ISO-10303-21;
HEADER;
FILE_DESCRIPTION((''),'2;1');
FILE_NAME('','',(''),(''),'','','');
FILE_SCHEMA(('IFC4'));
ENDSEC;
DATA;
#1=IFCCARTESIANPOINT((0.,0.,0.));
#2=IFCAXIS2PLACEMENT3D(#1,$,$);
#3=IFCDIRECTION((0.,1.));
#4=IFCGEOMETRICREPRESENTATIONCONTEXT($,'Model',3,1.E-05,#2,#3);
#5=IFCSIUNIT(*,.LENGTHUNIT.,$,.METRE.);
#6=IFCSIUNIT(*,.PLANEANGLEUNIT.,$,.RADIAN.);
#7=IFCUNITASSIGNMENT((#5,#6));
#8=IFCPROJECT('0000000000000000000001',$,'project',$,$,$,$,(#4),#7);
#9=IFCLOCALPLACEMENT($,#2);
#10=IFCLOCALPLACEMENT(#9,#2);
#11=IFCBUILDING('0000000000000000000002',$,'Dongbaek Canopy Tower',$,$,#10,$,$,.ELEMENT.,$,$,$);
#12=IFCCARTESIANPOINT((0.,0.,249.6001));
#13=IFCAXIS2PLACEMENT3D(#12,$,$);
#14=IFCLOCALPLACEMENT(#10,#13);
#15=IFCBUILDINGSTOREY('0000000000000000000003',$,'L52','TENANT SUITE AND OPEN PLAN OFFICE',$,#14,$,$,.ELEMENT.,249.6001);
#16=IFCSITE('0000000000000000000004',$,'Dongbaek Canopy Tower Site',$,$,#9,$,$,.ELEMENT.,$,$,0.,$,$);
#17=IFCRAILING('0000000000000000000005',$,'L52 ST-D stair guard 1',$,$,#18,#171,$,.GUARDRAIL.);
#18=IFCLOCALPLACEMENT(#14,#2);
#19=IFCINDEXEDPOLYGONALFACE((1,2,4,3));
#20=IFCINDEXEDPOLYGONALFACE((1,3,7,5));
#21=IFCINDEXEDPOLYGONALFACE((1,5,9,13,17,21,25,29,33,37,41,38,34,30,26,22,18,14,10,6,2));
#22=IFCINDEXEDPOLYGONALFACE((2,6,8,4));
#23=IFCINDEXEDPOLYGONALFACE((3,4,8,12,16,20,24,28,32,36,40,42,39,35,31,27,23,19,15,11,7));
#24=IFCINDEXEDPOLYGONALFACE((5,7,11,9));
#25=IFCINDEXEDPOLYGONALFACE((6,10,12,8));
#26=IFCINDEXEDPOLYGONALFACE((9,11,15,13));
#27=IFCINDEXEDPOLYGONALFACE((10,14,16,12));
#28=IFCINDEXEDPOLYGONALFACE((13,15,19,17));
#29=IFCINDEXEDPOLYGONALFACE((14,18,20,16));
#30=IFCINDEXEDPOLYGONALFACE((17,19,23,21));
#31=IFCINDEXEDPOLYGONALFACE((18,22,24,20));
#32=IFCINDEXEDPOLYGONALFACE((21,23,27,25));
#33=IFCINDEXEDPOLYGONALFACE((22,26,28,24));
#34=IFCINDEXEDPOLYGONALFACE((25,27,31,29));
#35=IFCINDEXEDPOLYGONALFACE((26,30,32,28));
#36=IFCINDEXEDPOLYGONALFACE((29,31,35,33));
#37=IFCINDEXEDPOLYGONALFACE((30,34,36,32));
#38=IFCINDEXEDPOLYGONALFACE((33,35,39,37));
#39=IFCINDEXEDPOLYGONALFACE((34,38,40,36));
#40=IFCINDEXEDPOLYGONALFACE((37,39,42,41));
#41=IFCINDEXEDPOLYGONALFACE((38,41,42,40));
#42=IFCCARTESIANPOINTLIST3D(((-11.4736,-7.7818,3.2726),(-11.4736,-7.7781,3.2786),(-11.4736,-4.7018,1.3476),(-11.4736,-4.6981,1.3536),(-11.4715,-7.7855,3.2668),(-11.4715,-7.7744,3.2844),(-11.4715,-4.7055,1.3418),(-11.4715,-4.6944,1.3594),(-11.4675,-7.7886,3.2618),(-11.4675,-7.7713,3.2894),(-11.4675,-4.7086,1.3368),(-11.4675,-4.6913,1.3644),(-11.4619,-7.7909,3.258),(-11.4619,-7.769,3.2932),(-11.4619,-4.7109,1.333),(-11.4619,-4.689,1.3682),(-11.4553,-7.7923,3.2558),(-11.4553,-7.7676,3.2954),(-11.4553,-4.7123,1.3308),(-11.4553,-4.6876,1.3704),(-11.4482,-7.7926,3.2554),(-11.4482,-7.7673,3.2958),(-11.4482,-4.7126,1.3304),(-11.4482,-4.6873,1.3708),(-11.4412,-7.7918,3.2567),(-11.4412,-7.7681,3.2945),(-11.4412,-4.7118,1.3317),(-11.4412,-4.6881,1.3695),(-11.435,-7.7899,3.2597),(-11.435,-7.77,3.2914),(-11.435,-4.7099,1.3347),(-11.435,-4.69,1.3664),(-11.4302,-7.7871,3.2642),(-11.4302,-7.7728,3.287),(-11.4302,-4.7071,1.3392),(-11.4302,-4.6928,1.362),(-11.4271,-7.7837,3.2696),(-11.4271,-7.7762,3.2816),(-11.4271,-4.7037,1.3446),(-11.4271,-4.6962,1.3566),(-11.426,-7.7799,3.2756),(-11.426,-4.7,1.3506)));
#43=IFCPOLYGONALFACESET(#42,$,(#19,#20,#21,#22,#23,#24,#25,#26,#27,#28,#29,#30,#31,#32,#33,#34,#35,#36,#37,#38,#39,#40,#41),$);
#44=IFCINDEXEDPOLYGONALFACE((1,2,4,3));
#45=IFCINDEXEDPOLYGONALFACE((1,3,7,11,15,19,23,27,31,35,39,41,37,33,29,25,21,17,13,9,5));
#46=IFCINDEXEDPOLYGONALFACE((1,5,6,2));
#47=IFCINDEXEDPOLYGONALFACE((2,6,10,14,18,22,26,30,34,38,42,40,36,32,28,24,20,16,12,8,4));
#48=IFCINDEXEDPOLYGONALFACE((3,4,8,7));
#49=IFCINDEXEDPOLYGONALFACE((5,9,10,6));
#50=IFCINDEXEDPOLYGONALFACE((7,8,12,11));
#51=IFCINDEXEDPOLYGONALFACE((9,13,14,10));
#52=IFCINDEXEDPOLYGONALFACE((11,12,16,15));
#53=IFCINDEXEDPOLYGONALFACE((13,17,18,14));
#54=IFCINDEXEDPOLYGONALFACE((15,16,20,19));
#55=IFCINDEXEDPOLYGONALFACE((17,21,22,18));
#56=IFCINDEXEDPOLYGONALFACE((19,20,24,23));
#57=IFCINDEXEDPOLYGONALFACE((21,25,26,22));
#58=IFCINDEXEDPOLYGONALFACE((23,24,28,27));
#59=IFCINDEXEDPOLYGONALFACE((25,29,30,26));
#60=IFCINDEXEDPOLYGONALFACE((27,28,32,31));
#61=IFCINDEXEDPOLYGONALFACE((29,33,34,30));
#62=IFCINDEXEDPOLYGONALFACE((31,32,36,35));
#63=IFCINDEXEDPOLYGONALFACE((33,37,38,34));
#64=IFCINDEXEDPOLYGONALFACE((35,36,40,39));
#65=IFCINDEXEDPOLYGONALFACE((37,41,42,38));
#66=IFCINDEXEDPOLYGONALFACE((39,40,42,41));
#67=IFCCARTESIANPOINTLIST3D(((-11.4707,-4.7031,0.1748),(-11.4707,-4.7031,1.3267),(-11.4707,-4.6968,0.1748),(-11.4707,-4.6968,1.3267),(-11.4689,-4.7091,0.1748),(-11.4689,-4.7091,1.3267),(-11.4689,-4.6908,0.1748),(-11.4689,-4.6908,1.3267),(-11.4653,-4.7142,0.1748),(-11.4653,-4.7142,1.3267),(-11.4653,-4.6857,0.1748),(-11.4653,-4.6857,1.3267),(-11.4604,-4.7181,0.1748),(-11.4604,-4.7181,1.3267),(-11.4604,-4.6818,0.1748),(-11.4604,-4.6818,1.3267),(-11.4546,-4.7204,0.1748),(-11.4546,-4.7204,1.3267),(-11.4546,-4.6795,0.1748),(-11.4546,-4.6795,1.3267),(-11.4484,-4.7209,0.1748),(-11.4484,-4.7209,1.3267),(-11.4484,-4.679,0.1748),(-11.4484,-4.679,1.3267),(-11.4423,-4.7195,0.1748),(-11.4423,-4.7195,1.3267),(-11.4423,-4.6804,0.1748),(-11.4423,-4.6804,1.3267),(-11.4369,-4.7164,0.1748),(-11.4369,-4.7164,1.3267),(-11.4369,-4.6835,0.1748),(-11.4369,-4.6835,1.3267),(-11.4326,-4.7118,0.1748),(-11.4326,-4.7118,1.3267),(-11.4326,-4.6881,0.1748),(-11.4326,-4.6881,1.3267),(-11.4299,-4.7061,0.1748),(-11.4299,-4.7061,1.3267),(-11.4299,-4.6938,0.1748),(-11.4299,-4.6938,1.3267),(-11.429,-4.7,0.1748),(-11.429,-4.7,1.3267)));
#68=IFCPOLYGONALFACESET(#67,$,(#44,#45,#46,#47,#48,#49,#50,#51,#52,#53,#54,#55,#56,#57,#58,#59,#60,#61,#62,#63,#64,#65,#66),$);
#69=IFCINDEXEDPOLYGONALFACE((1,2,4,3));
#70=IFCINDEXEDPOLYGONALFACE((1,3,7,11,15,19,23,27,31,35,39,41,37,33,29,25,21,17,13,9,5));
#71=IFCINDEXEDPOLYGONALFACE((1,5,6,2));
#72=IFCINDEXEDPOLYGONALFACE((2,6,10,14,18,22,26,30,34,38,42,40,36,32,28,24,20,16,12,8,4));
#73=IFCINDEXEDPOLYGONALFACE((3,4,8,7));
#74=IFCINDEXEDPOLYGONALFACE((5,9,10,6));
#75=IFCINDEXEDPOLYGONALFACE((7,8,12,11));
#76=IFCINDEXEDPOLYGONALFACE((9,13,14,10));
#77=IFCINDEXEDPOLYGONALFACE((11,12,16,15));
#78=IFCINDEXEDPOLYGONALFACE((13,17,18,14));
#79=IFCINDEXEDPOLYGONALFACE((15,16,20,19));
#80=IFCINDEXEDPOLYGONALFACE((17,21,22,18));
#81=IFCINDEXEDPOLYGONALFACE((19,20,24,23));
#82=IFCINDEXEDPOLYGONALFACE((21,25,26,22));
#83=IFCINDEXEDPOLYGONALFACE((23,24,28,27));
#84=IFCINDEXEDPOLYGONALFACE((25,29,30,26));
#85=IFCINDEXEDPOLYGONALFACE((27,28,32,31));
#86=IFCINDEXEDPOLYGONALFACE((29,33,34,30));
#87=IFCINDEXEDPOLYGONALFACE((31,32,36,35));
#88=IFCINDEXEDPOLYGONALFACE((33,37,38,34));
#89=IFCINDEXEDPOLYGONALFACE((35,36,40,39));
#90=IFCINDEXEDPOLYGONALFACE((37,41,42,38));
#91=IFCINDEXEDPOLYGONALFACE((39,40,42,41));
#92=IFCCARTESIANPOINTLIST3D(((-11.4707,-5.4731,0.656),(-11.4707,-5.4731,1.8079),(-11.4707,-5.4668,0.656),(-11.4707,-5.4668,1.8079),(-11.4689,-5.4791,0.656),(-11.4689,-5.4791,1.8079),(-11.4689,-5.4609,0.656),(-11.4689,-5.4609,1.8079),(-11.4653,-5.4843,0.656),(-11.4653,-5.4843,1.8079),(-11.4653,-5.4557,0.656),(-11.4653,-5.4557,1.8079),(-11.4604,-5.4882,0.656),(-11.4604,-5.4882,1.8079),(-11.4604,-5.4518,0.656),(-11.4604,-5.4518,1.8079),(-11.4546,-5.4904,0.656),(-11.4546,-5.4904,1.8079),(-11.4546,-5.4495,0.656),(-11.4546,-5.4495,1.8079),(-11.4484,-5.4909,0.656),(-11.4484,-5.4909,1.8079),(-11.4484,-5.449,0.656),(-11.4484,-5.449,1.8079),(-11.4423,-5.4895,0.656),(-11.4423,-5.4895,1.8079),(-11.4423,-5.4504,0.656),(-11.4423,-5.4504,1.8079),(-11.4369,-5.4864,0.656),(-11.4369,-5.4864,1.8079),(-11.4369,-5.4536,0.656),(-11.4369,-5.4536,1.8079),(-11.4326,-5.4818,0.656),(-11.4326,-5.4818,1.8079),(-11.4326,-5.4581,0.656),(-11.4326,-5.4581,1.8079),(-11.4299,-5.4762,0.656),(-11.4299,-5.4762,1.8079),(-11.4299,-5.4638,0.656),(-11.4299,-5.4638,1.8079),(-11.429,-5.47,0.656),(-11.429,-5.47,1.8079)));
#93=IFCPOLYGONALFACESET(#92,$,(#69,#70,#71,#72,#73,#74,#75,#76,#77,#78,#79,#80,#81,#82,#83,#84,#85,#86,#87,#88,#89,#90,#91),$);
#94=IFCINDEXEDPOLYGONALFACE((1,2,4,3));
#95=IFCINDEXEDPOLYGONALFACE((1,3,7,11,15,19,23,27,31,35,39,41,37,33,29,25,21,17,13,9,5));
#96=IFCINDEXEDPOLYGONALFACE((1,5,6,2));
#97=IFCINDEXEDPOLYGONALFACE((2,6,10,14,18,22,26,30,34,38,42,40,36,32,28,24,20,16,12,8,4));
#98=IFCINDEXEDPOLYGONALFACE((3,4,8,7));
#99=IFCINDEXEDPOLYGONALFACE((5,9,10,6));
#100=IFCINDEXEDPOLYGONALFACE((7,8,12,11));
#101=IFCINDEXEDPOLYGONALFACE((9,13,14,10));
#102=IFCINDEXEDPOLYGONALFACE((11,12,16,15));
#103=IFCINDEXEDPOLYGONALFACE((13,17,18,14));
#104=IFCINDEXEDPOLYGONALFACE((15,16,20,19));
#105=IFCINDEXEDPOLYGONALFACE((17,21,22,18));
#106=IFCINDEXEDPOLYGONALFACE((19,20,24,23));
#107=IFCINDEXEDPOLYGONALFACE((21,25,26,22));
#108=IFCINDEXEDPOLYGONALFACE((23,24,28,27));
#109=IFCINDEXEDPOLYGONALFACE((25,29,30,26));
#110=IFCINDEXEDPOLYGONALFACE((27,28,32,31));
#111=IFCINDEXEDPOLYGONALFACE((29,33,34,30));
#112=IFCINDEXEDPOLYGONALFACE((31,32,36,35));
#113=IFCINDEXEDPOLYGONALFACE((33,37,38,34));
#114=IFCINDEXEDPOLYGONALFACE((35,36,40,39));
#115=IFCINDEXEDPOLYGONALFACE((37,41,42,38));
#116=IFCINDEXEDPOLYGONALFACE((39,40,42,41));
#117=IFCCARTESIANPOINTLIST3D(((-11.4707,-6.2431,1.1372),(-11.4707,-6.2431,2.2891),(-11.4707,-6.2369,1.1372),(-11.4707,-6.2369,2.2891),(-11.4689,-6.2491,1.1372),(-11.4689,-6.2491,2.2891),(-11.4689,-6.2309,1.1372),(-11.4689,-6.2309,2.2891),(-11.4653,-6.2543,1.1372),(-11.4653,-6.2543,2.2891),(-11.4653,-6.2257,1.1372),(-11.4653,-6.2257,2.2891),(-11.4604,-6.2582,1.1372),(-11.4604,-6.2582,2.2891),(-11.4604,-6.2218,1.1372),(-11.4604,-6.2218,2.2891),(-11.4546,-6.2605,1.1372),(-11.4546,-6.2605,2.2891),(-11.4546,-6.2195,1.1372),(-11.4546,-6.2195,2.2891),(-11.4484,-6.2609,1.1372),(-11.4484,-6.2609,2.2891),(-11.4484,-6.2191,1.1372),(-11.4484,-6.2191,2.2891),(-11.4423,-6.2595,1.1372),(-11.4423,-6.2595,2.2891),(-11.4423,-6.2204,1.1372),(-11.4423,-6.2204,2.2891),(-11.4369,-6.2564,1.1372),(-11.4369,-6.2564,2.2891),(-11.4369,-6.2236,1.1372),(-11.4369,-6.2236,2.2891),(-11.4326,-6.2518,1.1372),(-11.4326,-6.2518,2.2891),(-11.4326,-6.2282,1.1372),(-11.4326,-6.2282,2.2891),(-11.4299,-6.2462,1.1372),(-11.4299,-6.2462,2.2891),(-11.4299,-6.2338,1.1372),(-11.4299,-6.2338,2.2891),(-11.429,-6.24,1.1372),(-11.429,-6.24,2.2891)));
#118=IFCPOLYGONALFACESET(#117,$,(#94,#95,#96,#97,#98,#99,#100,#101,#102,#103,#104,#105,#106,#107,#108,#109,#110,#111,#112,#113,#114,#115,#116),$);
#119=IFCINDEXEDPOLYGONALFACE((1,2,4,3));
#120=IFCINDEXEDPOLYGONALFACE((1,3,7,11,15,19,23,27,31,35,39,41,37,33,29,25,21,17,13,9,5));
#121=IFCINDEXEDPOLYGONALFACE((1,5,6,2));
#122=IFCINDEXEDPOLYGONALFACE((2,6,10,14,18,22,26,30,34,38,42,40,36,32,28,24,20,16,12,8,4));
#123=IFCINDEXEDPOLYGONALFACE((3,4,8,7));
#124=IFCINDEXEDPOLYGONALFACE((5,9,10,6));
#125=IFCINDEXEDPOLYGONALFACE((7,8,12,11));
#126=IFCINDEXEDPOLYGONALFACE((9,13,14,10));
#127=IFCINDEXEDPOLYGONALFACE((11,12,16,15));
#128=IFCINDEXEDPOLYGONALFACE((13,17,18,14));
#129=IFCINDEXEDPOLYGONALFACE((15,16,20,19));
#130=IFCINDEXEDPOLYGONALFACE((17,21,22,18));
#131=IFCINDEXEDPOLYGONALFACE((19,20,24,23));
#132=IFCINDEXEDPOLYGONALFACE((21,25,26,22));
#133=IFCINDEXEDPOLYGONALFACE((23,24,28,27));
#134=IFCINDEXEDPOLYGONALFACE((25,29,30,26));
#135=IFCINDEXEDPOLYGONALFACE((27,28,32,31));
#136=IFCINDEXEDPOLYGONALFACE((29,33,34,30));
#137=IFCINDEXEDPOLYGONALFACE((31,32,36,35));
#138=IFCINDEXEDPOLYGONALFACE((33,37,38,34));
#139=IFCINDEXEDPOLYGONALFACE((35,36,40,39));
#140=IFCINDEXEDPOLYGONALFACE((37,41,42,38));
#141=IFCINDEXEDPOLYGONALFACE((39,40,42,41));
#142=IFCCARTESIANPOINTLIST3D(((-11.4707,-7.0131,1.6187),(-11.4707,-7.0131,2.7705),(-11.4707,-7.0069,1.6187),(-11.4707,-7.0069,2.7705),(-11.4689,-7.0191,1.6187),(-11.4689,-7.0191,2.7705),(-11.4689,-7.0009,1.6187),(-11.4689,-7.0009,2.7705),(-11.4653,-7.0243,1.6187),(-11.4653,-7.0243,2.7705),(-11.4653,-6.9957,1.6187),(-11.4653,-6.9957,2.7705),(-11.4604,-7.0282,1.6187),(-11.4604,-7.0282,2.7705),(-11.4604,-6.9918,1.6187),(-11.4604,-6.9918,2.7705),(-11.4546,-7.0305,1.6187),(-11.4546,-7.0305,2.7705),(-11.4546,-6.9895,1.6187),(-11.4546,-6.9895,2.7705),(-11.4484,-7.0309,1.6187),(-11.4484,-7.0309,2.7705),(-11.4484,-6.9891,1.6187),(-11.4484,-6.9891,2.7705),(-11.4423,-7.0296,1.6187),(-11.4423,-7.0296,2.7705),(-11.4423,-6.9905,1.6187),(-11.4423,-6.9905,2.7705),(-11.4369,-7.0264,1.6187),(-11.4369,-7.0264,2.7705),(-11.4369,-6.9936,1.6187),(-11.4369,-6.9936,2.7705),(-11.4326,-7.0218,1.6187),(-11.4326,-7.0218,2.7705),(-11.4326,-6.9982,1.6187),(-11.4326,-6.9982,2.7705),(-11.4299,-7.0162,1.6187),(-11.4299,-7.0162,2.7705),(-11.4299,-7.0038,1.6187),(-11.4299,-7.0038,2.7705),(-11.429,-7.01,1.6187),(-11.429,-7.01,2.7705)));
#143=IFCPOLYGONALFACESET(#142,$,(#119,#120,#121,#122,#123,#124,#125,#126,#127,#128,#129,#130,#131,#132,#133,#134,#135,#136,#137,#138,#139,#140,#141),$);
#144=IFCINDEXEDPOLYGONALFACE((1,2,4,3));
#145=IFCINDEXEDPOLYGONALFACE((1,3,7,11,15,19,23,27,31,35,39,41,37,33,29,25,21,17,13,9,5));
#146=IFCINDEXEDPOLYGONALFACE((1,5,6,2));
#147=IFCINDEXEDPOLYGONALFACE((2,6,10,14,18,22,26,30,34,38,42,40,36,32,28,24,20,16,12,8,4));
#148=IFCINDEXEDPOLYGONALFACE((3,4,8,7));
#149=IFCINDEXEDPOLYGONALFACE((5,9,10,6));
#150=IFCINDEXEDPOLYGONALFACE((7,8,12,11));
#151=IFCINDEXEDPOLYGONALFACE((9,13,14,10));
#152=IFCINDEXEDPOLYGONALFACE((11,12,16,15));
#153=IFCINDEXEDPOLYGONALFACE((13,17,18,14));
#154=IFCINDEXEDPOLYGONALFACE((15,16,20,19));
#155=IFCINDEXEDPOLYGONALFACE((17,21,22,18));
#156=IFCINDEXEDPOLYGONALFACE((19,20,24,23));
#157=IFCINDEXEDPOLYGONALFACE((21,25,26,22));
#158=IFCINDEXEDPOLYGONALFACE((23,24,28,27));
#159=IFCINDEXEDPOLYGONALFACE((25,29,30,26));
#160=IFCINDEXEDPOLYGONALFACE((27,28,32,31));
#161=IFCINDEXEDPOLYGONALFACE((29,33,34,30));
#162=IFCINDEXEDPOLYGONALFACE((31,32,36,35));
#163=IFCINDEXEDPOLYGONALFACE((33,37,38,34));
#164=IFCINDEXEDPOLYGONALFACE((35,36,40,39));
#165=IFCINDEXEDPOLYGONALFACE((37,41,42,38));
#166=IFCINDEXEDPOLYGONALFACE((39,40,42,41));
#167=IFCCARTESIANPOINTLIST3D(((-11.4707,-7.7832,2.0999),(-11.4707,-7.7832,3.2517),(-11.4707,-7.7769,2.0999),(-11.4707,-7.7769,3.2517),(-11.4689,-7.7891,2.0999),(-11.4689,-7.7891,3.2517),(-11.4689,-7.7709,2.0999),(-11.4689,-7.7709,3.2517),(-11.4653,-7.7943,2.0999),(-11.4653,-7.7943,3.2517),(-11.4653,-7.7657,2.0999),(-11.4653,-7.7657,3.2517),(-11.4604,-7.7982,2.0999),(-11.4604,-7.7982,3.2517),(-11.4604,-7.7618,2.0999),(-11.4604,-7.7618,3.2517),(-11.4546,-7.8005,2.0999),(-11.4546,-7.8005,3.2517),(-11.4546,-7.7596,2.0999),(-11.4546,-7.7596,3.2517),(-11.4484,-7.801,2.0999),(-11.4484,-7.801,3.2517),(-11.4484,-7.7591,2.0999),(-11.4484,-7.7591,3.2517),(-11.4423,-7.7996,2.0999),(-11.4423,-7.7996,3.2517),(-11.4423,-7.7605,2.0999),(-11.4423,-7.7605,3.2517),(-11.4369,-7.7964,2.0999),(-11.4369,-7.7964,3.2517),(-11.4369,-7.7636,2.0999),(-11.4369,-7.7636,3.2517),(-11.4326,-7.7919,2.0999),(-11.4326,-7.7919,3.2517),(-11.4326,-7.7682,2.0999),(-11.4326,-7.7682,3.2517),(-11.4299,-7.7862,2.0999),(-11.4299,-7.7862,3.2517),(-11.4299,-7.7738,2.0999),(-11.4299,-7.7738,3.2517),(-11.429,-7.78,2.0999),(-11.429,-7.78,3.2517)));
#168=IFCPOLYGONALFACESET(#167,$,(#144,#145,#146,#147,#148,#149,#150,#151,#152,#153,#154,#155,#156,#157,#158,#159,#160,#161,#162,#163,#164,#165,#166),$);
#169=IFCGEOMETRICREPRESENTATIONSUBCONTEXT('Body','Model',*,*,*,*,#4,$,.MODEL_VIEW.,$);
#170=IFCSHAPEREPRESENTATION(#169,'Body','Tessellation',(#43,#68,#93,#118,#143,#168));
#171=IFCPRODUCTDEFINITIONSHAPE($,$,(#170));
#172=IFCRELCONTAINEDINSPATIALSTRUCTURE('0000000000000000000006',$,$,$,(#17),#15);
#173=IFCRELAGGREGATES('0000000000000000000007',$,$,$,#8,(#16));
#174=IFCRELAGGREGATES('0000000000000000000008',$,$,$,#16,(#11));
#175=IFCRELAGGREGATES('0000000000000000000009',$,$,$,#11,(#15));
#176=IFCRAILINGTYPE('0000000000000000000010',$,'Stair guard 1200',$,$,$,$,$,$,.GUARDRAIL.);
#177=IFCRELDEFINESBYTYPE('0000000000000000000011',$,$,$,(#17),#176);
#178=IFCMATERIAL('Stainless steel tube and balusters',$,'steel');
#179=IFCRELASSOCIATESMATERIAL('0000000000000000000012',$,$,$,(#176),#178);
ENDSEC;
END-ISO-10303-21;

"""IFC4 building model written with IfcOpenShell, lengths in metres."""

from ifc_helpers import new_model, si_unit, direction, frame, origin, origin_2d, place, context, subcontext, project, spatial, circle, extrude, material, type_object, element, save


model = new_model("IFC4")

# Units and contexts
model_context = context("Model", 3, precision=1e-05, world=origin(), true_north=direction((0.0, 1.0)))
body_context = subcontext(model_context, "Body", "Model", "MODEL_VIEW")
ifc_project = project(units=[si_unit("LENGTHUNIT", "METRE"), si_unit("PLANEANGLEUNIT", "RADIAN")], contexts=[model_context])

# Site, building, storey
site_placement = place(None, origin())
site = spatial("IfcSite", under=ifc_project, at=site_placement, Name="Dongbaek Canopy Tower Site", CompositionType="ELEMENT", RefElevation=0.0)
building_placement = place(site_placement, origin())
building = spatial("IfcBuilding", under=site, at=building_placement, Name="Dongbaek Canopy Tower", CompositionType="ELEMENT")
storey_placement = place(building_placement, frame((0.0, 0.0, 249.6001)))
storey = spatial("IfcBuildingStorey", under=building, at=storey_placement, Name="L52", Description="TENANT SUITE AND OPEN PLAN OFFICE", CompositionType="ELEMENT", Elevation=249.6001)

# Railing
ifc_material_1 = material(Name="Stainless steel tube and balusters", Category="steel")
railing_type_1 = type_object("IfcRailingType", Name="Stair guard 1200", PredefinedType="GUARDRAIL", material=ifc_material_1)
railing_1_placement = place(storey_placement, frame((-11.45, -4.7, 0.1748)))
element("IfcRailing", 1, at=railing_1_placement, inside=storey, type_object=railing_type_1, Name="L52 ST-D stair guard 1", PredefinedType="GUARDRAIL", context=body_context, shape_type="SweptSolid", body=[
    extrude(circle(Radius=0.0239, at=origin_2d()), frame((0.0, 0.0, 1.1758), z_axis=(0.0, -0.847998, 0.529999), x_axis=(1.0, 0.0, 0.0)), (0.0, 0.0, 1.0), 3.6321),
    extrude(circle(Radius=0.021, at=origin_2d()), origin(), (0.0, 0.0, 1.0), 1.1519),
    extrude(circle(Radius=0.021, at=origin_2d()), frame((0.0, -0.77, 0.4812)), (0.0, 0.0, 1.0), 1.1519),
    extrude(circle(Radius=0.021, at=origin_2d()), frame((0.0, -1.54, 0.9624)), (0.0, 0.0, 1.0), 1.1519),
    extrude(circle(Radius=0.021, at=origin_2d()), frame((0.0, -2.3101, 1.4438)), (0.0, 0.0, 1.0), 1.1519),
    extrude(circle(Radius=0.021, at=origin_2d()), frame((0.0, -3.0801, 1.925)), (0.0, 0.0, 1.0), 1.1519),
])

save(model, "model.ifc")
